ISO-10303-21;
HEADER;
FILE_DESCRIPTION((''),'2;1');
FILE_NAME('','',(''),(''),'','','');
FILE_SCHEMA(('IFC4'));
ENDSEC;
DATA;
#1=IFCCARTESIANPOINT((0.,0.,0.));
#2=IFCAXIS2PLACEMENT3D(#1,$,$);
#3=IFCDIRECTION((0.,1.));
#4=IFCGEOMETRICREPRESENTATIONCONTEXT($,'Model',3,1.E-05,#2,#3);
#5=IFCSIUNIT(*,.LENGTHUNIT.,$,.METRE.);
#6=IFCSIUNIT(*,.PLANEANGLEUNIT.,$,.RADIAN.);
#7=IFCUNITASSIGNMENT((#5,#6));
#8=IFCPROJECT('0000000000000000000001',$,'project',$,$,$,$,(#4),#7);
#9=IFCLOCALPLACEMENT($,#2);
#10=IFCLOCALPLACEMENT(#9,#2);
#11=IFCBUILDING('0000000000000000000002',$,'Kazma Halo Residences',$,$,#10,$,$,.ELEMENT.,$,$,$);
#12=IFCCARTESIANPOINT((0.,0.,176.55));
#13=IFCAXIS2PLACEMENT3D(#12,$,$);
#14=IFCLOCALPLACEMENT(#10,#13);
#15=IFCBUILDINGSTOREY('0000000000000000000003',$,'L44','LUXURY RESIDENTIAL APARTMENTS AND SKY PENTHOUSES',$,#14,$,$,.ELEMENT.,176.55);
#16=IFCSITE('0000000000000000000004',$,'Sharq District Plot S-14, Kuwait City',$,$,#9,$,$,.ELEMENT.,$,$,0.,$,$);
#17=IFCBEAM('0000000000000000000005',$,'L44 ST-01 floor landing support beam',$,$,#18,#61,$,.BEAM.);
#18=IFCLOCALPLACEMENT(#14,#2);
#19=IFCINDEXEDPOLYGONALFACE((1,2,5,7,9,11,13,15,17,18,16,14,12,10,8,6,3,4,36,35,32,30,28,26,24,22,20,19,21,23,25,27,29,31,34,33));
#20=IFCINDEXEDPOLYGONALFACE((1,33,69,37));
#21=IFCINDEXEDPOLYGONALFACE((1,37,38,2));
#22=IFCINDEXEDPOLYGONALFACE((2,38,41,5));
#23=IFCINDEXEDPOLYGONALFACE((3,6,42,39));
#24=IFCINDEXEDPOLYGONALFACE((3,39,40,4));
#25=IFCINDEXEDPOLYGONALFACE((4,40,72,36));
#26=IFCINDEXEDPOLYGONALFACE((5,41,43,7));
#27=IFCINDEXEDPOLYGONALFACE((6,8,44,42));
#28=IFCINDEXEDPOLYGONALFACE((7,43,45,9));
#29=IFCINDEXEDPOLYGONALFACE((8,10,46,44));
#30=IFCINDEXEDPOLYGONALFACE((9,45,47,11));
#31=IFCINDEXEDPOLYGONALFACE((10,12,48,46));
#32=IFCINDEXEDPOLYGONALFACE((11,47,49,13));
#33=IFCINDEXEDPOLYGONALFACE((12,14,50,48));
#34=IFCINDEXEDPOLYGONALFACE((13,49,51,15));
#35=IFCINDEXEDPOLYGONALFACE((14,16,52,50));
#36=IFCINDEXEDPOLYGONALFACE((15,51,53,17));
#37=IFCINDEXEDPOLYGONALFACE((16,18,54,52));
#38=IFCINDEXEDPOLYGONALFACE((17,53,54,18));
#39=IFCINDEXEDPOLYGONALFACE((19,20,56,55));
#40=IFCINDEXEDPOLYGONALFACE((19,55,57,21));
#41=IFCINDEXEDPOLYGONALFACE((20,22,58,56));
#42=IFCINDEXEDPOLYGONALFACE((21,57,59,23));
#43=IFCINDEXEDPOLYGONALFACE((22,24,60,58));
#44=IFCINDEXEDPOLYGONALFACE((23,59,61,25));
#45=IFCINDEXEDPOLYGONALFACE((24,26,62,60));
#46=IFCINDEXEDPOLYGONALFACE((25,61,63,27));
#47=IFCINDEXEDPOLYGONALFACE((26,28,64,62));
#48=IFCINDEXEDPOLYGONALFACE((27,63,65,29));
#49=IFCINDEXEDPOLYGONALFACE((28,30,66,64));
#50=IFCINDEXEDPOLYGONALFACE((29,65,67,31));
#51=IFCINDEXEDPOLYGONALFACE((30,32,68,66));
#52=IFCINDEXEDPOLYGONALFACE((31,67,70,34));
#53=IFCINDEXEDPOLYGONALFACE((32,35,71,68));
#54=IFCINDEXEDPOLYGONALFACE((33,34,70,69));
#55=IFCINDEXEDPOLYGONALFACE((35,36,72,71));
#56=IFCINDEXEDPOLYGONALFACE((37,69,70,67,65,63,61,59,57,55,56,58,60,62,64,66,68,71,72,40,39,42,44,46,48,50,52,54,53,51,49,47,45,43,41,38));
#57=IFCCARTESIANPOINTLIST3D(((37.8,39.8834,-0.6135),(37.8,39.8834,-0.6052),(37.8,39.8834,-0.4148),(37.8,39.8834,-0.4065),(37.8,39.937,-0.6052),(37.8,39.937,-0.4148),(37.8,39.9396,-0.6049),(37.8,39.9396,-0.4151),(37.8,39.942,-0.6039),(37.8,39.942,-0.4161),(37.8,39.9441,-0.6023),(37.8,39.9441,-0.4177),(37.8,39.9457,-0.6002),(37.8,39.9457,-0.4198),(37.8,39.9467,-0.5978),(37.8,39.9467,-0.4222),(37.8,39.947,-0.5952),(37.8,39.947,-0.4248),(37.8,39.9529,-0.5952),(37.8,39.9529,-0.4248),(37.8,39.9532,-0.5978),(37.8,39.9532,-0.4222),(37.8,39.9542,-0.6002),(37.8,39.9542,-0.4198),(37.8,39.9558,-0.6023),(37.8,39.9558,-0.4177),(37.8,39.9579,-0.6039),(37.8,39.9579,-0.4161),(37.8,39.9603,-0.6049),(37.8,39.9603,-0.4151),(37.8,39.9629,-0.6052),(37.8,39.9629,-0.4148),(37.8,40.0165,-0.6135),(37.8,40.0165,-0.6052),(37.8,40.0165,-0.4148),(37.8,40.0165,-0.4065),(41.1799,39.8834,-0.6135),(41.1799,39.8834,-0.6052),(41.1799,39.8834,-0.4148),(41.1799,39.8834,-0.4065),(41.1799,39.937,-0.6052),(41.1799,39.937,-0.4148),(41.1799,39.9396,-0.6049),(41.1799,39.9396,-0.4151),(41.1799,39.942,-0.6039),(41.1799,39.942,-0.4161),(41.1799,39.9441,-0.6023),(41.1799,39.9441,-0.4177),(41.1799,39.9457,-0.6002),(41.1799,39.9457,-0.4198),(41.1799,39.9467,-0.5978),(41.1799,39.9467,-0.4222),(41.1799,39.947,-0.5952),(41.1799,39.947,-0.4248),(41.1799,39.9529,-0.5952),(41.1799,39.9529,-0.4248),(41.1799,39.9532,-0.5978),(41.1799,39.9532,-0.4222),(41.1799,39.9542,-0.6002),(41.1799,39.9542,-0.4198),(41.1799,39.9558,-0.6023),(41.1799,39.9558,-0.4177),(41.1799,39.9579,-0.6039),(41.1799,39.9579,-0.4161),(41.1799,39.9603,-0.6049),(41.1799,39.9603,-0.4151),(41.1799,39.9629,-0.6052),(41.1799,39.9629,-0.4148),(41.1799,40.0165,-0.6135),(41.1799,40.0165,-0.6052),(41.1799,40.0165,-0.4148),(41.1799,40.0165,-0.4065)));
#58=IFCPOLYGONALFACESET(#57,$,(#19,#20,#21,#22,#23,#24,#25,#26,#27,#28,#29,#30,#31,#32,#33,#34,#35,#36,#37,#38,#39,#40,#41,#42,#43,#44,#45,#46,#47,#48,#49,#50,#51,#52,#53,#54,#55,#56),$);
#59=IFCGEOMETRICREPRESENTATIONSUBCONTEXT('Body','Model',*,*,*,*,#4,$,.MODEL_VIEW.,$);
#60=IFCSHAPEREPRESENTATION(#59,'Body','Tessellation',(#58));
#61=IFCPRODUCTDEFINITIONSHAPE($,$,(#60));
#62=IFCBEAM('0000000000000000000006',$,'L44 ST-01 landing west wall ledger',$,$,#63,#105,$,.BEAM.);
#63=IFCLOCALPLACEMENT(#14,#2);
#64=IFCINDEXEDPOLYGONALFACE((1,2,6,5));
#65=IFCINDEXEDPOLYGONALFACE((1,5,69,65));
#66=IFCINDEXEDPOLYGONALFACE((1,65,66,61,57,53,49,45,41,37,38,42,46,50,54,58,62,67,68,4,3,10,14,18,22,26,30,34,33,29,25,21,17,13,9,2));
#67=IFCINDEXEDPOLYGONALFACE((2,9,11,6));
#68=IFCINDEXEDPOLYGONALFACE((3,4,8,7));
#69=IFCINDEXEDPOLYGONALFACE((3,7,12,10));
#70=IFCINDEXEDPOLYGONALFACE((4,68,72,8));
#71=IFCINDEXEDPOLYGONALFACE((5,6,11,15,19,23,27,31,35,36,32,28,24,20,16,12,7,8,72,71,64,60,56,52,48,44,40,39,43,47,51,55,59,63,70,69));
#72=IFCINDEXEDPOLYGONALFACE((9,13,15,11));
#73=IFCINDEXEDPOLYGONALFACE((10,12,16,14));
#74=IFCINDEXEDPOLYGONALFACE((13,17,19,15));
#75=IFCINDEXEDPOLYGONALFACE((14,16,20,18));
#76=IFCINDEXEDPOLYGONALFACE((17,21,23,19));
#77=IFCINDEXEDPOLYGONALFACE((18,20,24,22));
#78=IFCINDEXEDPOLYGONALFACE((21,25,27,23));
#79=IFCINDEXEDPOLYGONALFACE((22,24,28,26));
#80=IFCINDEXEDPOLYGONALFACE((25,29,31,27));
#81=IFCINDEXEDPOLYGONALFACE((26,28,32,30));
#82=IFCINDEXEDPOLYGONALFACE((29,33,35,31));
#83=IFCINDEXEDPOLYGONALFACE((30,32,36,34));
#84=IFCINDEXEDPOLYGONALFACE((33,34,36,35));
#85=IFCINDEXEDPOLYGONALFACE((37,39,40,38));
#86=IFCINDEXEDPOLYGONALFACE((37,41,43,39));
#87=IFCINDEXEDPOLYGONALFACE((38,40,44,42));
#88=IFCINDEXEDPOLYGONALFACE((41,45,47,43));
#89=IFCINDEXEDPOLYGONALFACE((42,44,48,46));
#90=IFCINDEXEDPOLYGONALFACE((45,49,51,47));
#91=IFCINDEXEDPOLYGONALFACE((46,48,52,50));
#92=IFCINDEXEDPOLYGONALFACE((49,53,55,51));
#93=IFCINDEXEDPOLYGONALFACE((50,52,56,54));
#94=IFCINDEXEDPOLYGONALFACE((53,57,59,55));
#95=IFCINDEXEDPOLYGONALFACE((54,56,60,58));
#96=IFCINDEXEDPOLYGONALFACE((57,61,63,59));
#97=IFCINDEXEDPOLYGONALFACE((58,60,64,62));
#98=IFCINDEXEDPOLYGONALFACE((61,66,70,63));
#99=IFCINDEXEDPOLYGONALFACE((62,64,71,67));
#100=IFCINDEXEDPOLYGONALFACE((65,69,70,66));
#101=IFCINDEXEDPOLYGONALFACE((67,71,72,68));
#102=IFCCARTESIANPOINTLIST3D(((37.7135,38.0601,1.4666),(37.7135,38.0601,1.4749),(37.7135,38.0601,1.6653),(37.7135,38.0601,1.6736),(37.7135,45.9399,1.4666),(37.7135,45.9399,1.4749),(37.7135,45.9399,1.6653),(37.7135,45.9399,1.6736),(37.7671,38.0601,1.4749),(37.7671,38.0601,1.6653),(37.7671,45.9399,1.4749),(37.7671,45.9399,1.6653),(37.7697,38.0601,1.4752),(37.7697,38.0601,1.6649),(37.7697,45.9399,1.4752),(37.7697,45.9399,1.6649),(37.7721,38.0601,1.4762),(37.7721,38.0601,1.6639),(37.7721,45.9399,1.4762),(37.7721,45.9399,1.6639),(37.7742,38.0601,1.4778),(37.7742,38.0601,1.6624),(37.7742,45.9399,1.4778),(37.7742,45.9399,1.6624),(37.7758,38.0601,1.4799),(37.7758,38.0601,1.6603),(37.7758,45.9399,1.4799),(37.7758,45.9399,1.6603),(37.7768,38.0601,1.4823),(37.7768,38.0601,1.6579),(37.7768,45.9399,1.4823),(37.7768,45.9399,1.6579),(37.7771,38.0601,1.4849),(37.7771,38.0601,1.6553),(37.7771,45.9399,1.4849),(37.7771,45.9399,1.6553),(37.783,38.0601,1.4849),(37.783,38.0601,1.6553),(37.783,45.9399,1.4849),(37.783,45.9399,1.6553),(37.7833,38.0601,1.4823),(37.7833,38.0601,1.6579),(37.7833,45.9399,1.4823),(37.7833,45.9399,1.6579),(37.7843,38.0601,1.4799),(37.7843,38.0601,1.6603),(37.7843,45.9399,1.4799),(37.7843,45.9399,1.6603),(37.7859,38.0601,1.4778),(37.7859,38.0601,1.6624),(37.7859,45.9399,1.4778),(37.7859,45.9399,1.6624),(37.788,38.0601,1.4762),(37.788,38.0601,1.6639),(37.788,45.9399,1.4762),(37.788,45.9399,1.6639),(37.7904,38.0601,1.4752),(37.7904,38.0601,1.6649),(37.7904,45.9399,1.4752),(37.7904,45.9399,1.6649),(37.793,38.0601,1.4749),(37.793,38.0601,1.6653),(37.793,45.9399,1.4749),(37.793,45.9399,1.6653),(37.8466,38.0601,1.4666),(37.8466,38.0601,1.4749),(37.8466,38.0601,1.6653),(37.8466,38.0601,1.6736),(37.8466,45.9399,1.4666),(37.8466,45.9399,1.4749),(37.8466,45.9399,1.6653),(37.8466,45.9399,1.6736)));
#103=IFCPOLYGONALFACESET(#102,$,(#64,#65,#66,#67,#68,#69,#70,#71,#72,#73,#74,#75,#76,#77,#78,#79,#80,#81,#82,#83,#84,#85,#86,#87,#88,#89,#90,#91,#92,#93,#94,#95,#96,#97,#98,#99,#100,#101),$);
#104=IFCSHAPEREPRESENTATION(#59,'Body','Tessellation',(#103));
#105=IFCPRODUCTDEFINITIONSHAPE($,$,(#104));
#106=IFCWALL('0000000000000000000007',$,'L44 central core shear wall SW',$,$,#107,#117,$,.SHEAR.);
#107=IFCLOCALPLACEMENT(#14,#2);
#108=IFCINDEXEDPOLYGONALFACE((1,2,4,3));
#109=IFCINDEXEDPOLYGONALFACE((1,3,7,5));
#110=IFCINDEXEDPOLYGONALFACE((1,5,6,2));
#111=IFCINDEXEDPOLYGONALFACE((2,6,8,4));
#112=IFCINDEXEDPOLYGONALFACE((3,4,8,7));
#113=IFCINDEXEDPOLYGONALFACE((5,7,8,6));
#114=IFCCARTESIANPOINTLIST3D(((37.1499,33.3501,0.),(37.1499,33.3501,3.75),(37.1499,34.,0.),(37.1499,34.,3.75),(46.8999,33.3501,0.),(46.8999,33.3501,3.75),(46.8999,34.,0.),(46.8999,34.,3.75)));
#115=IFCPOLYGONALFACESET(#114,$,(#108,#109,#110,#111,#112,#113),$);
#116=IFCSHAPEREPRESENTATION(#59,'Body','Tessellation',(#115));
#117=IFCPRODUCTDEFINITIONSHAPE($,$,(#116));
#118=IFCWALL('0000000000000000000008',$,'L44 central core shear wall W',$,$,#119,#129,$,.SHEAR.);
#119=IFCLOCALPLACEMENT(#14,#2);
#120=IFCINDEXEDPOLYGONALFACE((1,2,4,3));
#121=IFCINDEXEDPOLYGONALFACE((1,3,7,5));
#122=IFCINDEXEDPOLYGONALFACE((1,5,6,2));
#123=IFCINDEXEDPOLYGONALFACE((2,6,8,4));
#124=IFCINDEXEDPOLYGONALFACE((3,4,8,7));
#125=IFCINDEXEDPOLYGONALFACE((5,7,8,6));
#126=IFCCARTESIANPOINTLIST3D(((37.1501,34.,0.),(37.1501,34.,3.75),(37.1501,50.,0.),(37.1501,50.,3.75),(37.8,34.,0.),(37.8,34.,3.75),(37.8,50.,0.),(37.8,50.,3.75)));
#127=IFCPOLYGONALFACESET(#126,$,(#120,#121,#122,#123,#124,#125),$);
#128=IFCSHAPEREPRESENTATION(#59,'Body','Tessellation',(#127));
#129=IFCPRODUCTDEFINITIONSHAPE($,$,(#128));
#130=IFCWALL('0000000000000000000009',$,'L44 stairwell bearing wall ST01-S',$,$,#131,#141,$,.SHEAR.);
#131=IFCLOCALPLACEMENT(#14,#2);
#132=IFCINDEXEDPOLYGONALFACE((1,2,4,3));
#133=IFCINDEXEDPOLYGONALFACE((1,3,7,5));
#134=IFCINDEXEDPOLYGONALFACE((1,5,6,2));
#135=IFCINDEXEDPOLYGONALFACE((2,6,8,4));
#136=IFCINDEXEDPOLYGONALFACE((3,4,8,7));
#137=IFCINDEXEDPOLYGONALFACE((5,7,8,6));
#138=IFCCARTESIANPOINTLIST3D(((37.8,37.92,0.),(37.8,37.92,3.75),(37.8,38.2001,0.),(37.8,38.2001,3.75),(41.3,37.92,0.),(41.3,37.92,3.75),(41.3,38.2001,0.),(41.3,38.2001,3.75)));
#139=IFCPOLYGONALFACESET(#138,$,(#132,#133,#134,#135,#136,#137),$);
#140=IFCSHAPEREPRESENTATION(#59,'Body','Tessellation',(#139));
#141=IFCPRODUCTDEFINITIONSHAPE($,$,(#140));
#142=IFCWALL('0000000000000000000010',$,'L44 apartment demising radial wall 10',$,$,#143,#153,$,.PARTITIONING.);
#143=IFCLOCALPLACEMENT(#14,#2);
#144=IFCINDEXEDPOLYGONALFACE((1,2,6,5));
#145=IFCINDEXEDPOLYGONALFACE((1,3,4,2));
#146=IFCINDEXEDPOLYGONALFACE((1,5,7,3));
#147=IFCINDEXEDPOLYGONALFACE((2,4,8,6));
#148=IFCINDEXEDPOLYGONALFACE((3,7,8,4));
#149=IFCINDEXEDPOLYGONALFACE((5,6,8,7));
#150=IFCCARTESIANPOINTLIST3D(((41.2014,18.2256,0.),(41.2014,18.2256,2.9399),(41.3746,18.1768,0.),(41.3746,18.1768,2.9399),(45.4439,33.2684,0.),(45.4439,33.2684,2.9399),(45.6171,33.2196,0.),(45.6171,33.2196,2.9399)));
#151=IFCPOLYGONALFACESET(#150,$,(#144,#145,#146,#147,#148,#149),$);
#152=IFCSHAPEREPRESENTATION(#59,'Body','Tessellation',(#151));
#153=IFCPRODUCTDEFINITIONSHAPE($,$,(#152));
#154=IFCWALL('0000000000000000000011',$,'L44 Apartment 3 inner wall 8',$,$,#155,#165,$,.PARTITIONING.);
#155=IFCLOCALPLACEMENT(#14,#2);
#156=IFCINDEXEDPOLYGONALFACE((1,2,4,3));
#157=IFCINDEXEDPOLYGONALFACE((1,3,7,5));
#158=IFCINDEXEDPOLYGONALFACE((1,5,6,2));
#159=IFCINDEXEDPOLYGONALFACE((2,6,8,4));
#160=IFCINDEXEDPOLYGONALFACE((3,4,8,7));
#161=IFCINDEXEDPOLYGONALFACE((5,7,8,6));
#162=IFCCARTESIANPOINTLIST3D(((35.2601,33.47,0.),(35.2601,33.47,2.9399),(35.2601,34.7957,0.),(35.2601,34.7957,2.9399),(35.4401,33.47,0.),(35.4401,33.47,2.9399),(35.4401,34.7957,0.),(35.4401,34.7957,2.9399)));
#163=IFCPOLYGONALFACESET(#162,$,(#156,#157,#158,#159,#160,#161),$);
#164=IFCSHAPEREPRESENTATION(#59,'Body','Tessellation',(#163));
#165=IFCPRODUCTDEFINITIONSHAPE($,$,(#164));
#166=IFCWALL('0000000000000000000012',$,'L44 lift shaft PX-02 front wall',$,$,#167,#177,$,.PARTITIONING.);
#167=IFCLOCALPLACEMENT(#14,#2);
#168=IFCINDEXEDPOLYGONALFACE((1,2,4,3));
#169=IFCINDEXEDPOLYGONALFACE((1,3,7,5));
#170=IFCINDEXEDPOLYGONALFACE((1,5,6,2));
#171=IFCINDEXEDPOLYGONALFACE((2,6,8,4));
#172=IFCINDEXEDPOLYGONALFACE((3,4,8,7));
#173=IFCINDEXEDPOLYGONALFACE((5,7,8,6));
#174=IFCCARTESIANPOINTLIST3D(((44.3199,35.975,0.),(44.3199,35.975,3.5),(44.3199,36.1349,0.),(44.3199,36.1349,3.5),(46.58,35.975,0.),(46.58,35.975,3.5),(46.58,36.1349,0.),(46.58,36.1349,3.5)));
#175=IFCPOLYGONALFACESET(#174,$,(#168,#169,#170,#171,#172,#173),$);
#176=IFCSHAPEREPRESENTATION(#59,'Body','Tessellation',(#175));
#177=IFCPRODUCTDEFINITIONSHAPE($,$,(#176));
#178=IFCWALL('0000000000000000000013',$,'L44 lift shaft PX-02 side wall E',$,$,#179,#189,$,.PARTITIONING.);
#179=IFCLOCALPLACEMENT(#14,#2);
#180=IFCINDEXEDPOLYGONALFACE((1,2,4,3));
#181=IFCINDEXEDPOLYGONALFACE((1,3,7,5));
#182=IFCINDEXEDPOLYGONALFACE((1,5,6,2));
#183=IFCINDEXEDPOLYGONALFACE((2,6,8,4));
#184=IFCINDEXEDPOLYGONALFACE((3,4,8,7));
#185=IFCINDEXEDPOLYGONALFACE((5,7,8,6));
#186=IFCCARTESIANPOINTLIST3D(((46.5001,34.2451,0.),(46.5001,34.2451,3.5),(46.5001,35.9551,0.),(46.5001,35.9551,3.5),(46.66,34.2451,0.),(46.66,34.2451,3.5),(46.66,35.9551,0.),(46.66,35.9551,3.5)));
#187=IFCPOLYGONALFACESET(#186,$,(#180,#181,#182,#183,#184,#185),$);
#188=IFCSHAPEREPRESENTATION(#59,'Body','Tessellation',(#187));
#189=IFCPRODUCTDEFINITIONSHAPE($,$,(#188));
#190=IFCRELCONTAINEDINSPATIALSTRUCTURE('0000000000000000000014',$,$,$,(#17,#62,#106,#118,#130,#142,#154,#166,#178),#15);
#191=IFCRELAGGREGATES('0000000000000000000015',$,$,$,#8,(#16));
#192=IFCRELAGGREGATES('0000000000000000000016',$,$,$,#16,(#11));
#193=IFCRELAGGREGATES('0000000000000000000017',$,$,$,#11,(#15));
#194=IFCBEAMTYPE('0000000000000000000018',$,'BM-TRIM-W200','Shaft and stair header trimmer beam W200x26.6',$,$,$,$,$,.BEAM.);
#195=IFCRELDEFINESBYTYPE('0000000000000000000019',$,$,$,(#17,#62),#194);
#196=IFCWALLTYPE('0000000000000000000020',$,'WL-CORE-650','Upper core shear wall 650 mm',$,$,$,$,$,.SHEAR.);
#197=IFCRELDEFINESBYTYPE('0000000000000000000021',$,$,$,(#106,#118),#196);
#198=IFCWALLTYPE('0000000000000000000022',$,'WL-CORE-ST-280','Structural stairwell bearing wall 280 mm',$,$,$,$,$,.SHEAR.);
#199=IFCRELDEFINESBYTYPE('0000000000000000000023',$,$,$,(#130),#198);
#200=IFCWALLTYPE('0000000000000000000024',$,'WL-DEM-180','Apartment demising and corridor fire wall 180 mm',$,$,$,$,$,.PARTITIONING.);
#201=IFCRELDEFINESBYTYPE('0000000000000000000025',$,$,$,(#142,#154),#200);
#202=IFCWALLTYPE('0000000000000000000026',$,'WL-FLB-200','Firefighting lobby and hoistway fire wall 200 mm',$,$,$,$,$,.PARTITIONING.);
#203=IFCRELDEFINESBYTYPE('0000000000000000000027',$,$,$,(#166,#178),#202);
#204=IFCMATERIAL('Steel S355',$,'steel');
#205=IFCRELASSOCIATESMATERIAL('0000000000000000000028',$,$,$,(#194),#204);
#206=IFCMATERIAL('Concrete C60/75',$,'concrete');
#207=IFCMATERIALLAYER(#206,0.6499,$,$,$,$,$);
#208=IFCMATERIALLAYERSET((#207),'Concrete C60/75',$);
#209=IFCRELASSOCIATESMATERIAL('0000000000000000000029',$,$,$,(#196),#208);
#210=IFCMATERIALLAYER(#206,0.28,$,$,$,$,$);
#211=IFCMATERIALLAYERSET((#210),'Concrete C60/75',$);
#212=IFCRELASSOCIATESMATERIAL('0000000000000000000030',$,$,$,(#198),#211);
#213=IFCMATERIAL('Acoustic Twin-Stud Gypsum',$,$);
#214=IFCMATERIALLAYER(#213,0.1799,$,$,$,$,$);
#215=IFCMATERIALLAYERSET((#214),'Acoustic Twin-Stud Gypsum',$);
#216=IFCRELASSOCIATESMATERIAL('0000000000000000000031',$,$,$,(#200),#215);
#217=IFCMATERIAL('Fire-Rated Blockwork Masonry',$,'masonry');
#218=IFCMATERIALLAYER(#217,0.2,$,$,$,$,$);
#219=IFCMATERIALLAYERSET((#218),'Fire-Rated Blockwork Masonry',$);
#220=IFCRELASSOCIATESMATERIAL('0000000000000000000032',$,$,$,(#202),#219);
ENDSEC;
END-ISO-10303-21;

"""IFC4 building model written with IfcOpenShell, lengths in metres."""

from ifc_helpers import new_model, si_unit, direction, frame, frame_2d, origin, origin_2d, place, context, subcontext, project, spatial, rectangle, i_section, extrude, material, layer, layer_set, material_profile, profile_set, type_object, element, save


model = new_model("IFC4")

# Units and contexts
model_context = context("Model", 3, precision=1e-05, world=origin(), true_north=direction((0.0, 1.0)))
body_context = subcontext(model_context, "Body", "Model", "MODEL_VIEW")
ifc_project = project(units=[si_unit("LENGTHUNIT", "METRE"), si_unit("PLANEANGLEUNIT", "RADIAN")], contexts=[model_context])

# Site, building, storey
site_placement = place(None, origin())
site = spatial("IfcSite", under=ifc_project, at=site_placement, Name="Sharq District Plot S-14, Kuwait City", CompositionType="ELEMENT", RefElevation=0.0)
building_placement = place(site_placement, origin())
building = spatial("IfcBuilding", under=site, at=building_placement, Name="Kazma Halo Residences", CompositionType="ELEMENT")
storey_placement = place(building_placement, frame((0.0, 0.0, 176.55)))
storey = spatial("IfcBuildingStorey", under=building, at=storey_placement, Name="L44", Description="LUXURY RESIDENTIAL APARTMENTS AND SKY PENTHOUSES", CompositionType="ELEMENT", Elevation=176.55)

# Beams
ifc_material_1 = material(Name="Steel S355", Category="steel")
ifc_material_profile_1 = material_profile(ifc_material_1, i_section(OverallWidth=0.1331, OverallDepth=0.207, WebThickness=0.0059, FlangeThickness=0.0083, FilletRadius=0.01, at=origin_2d()), Name="W200x26.6")
ifc_profile_set_1 = profile_set([ifc_material_profile_1], Name="Steel S355")
beam_type_1 = type_object("IfcBeamType", Name="BM-TRIM-W200", Description="Shaft and stair header trimmer beam W200x26.6", PredefinedType="BEAM", material=ifc_profile_set_1)
beam_1_placement = place(storey_placement, frame((37.8, 39.95, -0.51), z_axis=(1.0, 0.0, 0.0), x_axis=(0.0, 1.0, 0.0)))
element("IfcBeam", 1, at=beam_1_placement, inside=storey, type_object=beam_type_1, Name="L44 ST-01 floor landing support beam", PredefinedType="BEAM", context=body_context, shape_type="SweptSolid", body=[
    extrude(i_section(OverallWidth=0.1331, OverallDepth=0.207, WebThickness=0.0059, FlangeThickness=0.0083, FilletRadius=0.01, at=origin_2d()), origin(), (0.0, 0.0, 1.0), 3.3799),
])
beam_2_placement = place(storey_placement, frame((37.78, 38.0601, 1.5701), z_axis=(0.0, 1.0, 0.0), x_axis=(-1.0, 0.0, 0.0)))
element("IfcBeam", 2, at=beam_2_placement, inside=storey, type_object=beam_type_1, Name="L44 ST-01 landing west wall ledger", PredefinedType="BEAM", context=body_context, shape_type="SweptSolid", body=[
    extrude(i_section(OverallWidth=0.1331, OverallDepth=0.207, WebThickness=0.0059, FlangeThickness=0.0083, FilletRadius=0.01, at=origin_2d()), origin(), (0.0, 0.0, 1.0), 7.8799),
])

# Walls
ifc_material_2 = material(Name="Concrete C60/75", Category="concrete")
ifc_layer_1 = layer(ifc_material_2, 0.6499)
ifc_layer_set_1 = layer_set([ifc_layer_1], Name="Concrete C60/75")
wall_type_1 = type_object("IfcWallType", Name="WL-CORE-650", Description="Upper core shear wall 650 mm", PredefinedType="SHEAR", material=ifc_layer_set_1)
wall_1_placement = place(storey_placement, frame((37.1499, 33.675, 0.0), z_axis=(0.0, 0.0, 1.0), x_axis=(1.0, 0.0, 0.0)))
element("IfcWall", 3, at=wall_1_placement, inside=storey, type_object=wall_type_1, Name="L44 central core shear wall SW", PredefinedType="SHEAR", context=body_context, shape_type="SweptSolid", body=[
    extrude(rectangle(XDim=9.75, YDim=0.6499, at=frame_2d((4.875, 0.0))), origin(), (0.0, 0.0, 1.0), 3.75),
])
wall_2_placement = place(storey_placement, frame((37.4751, 34.0, 0.0), z_axis=(0.0, 0.0, 1.0), x_axis=(0.0, 1.0, 0.0)))
element("IfcWall", 4, at=wall_2_placement, inside=storey, type_object=wall_type_1, Name="L44 central core shear wall W", PredefinedType="SHEAR", context=body_context, shape_type="SweptSolid", body=[
    extrude(rectangle(XDim=16.0, YDim=0.6499, at=frame_2d((8.0, 0.0))), origin(), (0.0, 0.0, 1.0), 3.75),
])
ifc_layer_2 = layer(ifc_material_2, 0.28)
ifc_layer_set_2 = layer_set([ifc_layer_2], Name="Concrete C60/75")
wall_type_2 = type_object("IfcWallType", Name="WL-CORE-ST-280", Description="Structural stairwell bearing wall 280 mm", PredefinedType="SHEAR", material=ifc_layer_set_2)
wall_3_placement = place(storey_placement, frame((37.8, 38.0601, 0.0), z_axis=(0.0, 0.0, 1.0), x_axis=(1.0, 0.0, 0.0)))
element("IfcWall", 5, at=wall_3_placement, inside=storey, type_object=wall_type_2, Name="L44 stairwell bearing wall ST01-S", PredefinedType="SHEAR", context=body_context, shape_type="SweptSolid", body=[
    extrude(rectangle(XDim=3.5, YDim=0.28, at=frame_2d((1.75, 0.0))), origin(), (0.0, 0.0, 1.0), 3.75),
])
ifc_material_3 = material(Name="Acoustic Twin-Stud Gypsum")
ifc_layer_3 = layer(ifc_material_3, 0.1799)
ifc_layer_set_3 = layer_set([ifc_layer_3], Name="Acoustic Twin-Stud Gypsum")
wall_type_3 = type_object("IfcWallType", Name="WL-DEM-180", Description="Apartment demising and corridor fire wall 180 mm", PredefinedType="PARTITIONING", material=ifc_layer_set_3)
wall_4_placement = place(storey_placement, frame((45.5305, 33.2441, 0.0), z_axis=(0.0, 0.0, 1.0), x_axis=(-0.271437, -0.962456, 0.0)))
element("IfcWall", 6, at=wall_4_placement, inside=storey, type_object=wall_type_3, Name="L44 apartment demising radial wall 10", PredefinedType="PARTITIONING", context=body_context, shape_type="SweptSolid", body=[
    extrude(rectangle(XDim=15.6296, YDim=0.1799, at=frame_2d((7.8149, 0.0))), origin(), (0.0, 0.0, 1.0), 2.9399),
])
wall_5_placement = place(storey_placement, frame((35.3501, 34.7957, 0.0), z_axis=(0.0, 0.0, 1.0), x_axis=(0.0, -1.0, 0.0)))
element("IfcWall", 7, at=wall_5_placement, inside=storey, type_object=wall_type_3, Name="L44 Apartment 3 inner wall 8", PredefinedType="PARTITIONING", context=body_context, shape_type="SweptSolid", body=[
    extrude(rectangle(XDim=1.3257, YDim=0.1799, at=frame_2d((0.6628, 0.0))), origin(), (0.0, 0.0, 1.0), 2.9399),
])
ifc_material_4 = material(Name="Fire-Rated Blockwork Masonry", Category="masonry")
ifc_layer_4 = layer(ifc_material_4, 0.2)
ifc_layer_set_4 = layer_set([ifc_layer_4], Name="Fire-Rated Blockwork Masonry")
wall_type_4 = type_object("IfcWallType", Name="WL-FLB-200", Description="Firefighting lobby and hoistway fire wall 200 mm", PredefinedType="PARTITIONING", material=ifc_layer_set_4)
wall_6_placement = place(storey_placement, frame((44.3201, 36.0549, 0.0), z_axis=(0.0, 0.0, 1.0), x_axis=(1.0, 0.0, 0.0)))
element("IfcWall", 8, at=wall_6_placement, inside=storey, type_object=wall_type_4, Name="L44 lift shaft PX-02 front wall", PredefinedType="PARTITIONING", context=body_context, shape_type="SweptSolid", body=[
    extrude(rectangle(XDim=2.26, YDim=0.1599, at=frame_2d((1.1299, 0.0))), origin(), (0.0, 0.0, 1.0), 3.5),
])
wall_7_placement = place(storey_placement, frame((46.5801, 34.2451, 0.0), z_axis=(0.0, 0.0, 1.0), x_axis=(0.0, 1.0, 0.0)))
element("IfcWall", 9, at=wall_7_placement, inside=storey, type_object=wall_type_4, Name="L44 lift shaft PX-02 side wall E", PredefinedType="PARTITIONING", context=body_context, shape_type="SweptSolid", body=[
    extrude(rectangle(XDim=1.71, YDim=0.1599, at=frame_2d((0.855, 0.0))), origin(), (0.0, 0.0, 1.0), 3.5),
])

save(model, "model.ifc")
